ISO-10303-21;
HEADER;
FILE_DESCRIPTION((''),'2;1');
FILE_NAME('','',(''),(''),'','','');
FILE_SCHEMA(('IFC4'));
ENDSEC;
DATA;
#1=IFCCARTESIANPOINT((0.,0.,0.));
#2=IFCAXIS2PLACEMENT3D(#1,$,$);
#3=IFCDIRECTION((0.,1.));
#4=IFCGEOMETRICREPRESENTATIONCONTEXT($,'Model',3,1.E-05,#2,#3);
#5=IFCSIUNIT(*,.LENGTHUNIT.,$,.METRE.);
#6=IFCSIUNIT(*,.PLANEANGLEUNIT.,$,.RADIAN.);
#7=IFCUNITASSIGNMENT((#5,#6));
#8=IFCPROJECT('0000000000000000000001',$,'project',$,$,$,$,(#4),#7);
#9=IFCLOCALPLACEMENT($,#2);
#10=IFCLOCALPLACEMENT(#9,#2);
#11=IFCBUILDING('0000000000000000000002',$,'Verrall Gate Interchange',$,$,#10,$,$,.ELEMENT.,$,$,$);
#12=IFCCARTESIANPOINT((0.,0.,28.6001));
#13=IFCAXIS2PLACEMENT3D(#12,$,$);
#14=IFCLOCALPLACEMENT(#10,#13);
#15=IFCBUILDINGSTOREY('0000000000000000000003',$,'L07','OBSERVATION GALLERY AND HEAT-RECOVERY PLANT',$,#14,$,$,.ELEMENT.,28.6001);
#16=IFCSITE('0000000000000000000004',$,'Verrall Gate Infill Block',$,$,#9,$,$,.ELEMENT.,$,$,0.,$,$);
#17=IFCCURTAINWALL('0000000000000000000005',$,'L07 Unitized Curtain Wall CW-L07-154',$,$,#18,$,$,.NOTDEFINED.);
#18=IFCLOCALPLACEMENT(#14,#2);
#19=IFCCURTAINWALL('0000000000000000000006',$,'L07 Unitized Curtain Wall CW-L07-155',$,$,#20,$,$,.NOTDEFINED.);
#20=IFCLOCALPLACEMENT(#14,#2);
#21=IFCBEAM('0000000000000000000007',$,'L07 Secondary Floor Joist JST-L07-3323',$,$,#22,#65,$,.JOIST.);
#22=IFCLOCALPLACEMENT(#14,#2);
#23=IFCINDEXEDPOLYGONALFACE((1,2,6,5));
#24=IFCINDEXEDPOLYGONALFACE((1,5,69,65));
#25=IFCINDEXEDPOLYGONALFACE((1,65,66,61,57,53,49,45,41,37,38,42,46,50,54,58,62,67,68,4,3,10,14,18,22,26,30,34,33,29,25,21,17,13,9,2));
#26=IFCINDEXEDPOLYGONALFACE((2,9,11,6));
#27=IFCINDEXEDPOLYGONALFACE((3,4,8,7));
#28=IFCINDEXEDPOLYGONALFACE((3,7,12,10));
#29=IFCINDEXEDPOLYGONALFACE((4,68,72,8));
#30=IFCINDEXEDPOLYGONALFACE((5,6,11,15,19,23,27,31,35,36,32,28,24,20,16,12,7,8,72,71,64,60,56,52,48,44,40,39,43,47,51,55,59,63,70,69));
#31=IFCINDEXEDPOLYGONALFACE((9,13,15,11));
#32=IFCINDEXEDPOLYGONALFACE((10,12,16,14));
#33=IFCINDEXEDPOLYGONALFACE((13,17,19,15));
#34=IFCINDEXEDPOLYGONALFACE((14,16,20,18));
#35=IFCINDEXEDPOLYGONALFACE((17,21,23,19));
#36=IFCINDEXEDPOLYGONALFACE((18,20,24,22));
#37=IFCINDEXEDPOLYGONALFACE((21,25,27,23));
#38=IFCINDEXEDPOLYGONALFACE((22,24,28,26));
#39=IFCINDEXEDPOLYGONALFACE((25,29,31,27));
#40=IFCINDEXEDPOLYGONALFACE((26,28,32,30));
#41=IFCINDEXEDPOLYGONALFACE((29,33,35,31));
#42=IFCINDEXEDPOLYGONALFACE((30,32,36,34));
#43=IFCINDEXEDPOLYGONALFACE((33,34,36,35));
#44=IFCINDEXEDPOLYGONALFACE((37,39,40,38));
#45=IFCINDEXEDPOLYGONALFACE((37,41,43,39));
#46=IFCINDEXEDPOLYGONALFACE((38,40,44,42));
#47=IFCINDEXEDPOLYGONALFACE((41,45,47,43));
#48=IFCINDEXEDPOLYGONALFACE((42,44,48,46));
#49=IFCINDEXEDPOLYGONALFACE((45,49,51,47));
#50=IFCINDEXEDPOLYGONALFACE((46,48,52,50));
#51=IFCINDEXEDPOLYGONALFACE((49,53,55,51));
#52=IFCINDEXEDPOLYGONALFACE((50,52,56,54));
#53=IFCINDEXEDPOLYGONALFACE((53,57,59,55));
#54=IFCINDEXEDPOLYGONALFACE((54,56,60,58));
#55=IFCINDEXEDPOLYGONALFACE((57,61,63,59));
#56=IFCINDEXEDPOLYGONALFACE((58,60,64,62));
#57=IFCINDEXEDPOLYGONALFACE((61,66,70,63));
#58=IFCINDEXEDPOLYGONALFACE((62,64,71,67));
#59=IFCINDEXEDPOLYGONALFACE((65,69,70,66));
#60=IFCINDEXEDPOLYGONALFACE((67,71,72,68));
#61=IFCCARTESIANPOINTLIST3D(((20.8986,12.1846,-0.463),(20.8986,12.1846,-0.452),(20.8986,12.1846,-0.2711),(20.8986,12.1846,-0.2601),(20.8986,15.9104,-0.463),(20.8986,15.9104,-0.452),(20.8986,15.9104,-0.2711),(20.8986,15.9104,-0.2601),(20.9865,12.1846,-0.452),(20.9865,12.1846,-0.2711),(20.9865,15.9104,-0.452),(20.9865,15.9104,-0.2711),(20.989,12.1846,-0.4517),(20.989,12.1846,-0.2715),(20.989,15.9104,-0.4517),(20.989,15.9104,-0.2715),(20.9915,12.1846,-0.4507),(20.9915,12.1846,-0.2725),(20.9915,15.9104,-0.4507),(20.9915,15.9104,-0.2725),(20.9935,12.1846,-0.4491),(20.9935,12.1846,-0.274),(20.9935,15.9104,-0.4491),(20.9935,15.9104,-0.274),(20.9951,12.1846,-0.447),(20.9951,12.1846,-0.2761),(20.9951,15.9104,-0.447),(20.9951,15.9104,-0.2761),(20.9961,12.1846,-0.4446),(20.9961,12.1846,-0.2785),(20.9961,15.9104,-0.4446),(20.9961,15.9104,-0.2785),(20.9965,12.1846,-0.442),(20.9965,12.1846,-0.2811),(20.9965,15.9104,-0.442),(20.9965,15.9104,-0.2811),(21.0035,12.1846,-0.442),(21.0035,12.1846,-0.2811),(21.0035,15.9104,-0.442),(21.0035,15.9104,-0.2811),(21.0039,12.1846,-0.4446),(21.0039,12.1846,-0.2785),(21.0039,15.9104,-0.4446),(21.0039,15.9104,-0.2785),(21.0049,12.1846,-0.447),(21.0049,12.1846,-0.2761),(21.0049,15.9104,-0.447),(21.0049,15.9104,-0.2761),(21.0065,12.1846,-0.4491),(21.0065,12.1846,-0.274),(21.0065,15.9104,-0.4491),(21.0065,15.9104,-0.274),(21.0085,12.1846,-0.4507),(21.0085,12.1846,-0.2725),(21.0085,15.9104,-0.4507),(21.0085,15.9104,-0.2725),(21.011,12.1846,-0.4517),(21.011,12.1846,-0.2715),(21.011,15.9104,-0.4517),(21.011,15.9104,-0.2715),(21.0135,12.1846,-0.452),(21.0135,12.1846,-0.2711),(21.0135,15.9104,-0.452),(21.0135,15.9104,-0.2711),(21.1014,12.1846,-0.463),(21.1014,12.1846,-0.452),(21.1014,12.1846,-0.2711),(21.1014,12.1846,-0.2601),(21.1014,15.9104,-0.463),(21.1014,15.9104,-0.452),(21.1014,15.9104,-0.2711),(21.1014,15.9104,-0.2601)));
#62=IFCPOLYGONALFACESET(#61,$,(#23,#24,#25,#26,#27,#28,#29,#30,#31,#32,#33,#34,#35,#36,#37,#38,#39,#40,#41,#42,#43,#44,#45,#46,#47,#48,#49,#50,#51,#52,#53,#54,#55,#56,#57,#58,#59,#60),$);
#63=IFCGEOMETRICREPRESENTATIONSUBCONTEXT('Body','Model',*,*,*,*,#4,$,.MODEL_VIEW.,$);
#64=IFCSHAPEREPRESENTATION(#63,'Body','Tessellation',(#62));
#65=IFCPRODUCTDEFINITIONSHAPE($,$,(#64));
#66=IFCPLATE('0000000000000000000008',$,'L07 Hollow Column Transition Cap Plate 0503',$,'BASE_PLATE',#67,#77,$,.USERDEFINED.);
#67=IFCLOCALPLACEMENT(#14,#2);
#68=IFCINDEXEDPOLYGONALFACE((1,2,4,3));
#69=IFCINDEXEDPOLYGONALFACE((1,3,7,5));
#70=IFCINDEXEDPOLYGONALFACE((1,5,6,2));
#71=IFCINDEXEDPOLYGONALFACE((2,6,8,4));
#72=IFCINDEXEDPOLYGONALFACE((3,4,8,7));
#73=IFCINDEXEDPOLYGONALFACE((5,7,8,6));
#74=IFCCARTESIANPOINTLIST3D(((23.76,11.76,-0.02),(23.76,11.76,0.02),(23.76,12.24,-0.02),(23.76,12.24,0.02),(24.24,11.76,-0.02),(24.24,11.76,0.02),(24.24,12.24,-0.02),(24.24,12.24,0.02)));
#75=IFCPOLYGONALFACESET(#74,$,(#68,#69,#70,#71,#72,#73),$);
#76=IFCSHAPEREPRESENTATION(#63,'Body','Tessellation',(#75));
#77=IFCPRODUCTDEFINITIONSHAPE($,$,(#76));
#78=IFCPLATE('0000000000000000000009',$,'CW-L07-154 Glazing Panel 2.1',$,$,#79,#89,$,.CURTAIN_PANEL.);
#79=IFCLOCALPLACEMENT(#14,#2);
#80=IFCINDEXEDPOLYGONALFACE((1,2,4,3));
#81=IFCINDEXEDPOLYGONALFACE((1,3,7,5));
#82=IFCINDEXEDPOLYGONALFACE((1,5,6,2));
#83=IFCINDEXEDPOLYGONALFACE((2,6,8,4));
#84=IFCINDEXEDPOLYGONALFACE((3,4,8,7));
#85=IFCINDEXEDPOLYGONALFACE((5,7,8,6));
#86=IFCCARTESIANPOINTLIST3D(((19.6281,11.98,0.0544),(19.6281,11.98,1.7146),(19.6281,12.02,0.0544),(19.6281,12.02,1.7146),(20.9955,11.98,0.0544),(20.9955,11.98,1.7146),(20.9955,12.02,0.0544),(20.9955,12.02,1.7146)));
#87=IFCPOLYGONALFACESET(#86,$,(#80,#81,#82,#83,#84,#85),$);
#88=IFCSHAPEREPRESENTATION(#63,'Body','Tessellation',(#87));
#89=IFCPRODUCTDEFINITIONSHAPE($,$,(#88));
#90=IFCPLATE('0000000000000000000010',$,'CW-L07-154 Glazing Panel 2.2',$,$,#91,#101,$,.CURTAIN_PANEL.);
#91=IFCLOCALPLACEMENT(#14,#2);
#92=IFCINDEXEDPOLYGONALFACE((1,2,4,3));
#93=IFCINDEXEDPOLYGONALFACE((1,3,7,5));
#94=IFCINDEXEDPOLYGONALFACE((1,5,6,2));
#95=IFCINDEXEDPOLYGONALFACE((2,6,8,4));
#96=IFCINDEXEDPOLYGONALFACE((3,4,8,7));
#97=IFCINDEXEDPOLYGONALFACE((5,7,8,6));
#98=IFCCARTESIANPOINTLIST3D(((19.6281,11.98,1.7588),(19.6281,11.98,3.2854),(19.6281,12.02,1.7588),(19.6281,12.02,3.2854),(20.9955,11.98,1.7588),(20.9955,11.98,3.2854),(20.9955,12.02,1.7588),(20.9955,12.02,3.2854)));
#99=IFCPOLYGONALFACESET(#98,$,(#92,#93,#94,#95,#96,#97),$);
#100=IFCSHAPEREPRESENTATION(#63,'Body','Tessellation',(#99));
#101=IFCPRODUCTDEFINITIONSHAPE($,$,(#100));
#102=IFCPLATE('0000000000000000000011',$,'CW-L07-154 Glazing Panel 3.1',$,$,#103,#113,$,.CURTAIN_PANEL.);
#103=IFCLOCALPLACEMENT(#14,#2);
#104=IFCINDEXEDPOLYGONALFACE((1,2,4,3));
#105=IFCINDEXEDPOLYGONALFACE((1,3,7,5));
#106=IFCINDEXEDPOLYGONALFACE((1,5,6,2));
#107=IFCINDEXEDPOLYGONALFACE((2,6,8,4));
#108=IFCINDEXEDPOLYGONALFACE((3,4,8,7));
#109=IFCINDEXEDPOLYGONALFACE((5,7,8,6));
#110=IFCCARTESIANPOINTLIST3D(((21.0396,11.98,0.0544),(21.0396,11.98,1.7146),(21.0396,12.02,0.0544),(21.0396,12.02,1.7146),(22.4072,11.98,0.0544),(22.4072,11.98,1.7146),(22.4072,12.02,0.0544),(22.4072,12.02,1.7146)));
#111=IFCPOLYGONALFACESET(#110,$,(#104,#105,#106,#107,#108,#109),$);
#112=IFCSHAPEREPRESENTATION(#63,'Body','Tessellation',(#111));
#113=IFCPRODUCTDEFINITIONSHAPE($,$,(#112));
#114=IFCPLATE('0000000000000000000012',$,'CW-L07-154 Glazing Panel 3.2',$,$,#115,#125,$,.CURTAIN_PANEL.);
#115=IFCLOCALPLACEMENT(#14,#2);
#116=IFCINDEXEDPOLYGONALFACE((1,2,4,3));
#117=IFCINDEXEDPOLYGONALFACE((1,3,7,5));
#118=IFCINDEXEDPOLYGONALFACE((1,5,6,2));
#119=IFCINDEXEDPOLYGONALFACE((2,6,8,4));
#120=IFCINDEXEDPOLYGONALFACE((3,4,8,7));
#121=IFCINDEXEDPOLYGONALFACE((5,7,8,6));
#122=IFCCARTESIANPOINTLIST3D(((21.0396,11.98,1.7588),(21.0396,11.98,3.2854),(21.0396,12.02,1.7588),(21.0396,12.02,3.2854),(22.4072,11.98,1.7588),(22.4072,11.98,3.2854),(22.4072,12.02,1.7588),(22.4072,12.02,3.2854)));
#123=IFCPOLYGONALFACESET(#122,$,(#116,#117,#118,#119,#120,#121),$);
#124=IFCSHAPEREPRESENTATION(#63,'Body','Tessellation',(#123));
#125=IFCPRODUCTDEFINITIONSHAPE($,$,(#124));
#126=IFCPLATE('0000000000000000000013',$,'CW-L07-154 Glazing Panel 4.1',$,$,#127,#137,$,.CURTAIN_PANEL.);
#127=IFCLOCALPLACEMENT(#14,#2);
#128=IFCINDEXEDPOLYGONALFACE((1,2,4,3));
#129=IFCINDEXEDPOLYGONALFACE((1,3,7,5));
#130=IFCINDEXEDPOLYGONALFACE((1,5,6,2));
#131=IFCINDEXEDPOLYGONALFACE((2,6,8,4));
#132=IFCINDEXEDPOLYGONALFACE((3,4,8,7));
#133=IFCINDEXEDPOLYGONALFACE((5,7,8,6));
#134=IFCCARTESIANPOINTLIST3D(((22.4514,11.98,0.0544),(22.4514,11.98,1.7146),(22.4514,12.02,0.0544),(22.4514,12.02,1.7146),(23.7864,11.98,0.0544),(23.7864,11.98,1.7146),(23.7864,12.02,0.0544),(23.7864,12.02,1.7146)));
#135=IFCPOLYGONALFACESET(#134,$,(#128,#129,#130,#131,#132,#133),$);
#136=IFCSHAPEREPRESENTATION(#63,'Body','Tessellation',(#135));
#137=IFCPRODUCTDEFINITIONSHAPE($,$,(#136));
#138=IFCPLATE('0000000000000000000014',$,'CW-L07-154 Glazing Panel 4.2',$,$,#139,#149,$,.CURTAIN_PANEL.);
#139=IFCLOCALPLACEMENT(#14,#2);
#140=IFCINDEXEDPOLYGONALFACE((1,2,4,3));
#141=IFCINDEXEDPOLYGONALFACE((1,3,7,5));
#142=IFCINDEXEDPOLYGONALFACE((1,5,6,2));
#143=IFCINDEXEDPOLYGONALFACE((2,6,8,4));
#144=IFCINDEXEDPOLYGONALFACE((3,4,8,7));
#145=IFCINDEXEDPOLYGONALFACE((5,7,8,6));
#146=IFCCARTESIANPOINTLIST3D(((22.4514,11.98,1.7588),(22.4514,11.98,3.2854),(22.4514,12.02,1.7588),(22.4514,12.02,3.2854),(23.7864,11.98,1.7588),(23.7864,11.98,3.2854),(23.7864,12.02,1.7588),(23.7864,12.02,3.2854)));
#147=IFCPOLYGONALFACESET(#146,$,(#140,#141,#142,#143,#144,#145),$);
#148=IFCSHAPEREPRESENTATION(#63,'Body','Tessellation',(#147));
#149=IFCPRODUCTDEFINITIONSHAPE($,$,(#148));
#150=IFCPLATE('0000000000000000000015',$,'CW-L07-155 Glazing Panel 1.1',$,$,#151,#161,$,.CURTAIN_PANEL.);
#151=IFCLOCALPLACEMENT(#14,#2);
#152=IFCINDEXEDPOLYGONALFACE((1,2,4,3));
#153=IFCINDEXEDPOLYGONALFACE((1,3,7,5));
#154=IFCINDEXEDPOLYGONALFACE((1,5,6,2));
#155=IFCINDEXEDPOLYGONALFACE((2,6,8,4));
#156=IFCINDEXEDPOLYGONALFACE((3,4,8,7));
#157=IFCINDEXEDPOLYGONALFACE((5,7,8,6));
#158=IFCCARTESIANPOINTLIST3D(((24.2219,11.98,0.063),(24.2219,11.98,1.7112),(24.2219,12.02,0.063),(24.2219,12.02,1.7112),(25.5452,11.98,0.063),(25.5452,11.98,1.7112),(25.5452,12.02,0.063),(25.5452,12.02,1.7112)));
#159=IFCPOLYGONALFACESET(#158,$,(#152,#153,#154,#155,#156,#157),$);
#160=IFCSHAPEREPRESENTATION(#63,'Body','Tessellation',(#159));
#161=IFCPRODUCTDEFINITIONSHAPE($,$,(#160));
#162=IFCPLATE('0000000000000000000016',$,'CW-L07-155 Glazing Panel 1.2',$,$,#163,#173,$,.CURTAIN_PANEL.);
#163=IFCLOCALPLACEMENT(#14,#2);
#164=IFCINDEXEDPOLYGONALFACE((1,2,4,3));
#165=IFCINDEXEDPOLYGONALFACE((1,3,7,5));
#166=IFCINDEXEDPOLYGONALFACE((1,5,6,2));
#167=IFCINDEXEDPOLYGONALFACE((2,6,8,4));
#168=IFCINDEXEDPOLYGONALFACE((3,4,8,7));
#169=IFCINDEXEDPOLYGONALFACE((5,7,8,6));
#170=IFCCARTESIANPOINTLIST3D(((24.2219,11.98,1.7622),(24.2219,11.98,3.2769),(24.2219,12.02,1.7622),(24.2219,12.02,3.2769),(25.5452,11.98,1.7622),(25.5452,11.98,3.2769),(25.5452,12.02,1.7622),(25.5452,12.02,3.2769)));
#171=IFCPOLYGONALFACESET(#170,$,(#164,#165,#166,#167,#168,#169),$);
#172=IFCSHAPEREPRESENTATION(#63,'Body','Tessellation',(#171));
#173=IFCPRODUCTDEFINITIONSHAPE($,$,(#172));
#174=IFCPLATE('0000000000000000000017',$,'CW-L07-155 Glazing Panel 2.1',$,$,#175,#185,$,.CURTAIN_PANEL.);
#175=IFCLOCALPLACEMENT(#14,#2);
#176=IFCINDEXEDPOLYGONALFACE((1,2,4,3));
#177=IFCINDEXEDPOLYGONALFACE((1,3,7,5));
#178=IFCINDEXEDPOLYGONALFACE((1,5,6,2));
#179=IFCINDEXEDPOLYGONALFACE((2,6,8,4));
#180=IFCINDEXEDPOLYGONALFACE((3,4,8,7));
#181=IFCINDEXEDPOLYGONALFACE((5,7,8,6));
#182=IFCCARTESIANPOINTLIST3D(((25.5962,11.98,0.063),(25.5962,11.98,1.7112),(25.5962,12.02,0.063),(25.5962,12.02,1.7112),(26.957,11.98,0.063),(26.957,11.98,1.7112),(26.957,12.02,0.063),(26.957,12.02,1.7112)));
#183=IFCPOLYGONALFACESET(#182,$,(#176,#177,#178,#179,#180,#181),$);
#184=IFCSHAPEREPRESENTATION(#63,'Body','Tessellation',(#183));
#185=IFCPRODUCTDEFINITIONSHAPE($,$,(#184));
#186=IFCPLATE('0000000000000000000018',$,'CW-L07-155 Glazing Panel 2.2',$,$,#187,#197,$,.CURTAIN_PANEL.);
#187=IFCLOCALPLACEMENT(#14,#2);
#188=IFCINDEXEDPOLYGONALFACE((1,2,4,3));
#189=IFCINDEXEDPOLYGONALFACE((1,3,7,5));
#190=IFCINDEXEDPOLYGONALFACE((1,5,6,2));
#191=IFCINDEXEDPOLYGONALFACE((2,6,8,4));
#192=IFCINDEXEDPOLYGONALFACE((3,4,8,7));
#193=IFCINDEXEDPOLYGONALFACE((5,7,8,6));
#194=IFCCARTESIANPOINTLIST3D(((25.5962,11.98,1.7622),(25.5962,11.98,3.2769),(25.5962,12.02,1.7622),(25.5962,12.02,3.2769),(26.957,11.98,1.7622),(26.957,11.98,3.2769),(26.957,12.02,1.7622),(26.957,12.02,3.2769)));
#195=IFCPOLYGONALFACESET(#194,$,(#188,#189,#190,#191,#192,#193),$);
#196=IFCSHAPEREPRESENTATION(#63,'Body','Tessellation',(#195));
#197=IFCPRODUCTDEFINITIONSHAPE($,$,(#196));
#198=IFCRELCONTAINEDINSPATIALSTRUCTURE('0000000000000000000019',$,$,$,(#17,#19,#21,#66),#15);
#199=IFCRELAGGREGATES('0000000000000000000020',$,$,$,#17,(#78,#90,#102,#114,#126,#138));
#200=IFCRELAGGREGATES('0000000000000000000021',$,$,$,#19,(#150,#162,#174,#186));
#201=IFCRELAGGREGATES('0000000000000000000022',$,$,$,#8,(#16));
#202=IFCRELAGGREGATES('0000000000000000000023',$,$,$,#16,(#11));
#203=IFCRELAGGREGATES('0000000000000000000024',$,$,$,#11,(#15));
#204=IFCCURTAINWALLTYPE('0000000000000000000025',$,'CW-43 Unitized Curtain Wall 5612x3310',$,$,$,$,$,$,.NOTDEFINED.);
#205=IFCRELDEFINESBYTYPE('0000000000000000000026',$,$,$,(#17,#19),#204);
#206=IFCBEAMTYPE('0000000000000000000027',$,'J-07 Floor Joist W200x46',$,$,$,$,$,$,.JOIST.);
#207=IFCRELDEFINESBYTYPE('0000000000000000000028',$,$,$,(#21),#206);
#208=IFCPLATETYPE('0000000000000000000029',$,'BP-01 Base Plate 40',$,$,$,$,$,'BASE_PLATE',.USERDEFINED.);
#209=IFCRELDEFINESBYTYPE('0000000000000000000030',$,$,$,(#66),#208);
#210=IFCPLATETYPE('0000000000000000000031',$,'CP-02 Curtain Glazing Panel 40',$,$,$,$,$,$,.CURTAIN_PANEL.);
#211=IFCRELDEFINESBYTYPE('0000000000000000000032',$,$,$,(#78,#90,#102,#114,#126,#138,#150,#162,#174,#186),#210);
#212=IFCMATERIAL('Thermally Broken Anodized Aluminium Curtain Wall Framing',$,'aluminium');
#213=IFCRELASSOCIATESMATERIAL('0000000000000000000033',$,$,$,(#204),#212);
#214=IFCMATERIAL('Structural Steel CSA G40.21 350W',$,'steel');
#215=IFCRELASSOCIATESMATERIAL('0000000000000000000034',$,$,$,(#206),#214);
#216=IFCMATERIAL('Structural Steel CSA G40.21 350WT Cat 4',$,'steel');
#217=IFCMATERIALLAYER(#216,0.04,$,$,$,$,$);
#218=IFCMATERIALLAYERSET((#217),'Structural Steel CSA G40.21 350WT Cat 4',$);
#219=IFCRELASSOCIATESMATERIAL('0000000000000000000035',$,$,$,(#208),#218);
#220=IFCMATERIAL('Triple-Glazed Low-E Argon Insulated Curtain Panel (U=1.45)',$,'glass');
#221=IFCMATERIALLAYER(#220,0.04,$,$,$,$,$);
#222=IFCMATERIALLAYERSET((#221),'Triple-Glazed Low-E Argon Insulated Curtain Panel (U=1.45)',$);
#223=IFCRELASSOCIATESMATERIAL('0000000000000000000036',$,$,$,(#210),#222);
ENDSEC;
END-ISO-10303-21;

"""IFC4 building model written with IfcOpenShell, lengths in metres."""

from ifc_helpers import new_model, si_unit, direction, frame, origin, origin_2d, place, context, subcontext, project, spatial, rectangle, i_section, extrude, material, layer, layer_set, material_profile, profile_set, type_object, element, aggregate, save


model = new_model("IFC4")

# Units and contexts
model_context = context("Model", 3, precision=1e-05, world=origin(), true_north=direction((0.0, 1.0)))
body_context = subcontext(model_context, "Body", "Model", "MODEL_VIEW")
ifc_project = project(units=[si_unit("LENGTHUNIT", "METRE"), si_unit("PLANEANGLEUNIT", "RADIAN")], contexts=[model_context])

# Site, building, storey
site_placement = place(None, origin())
site = spatial("IfcSite", under=ifc_project, at=site_placement, Name="Verrall Gate Infill Block", CompositionType="ELEMENT", RefElevation=0.0)
building_placement = place(site_placement, origin())
building = spatial("IfcBuilding", under=site, at=building_placement, Name="Verrall Gate Interchange", CompositionType="ELEMENT")
storey_placement = place(building_placement, frame((0.0, 0.0, 28.6001)))
storey = spatial("IfcBuildingStorey", under=building, at=storey_placement, Name="L07", Description="OBSERVATION GALLERY AND HEAT-RECOVERY PLANT", CompositionType="ELEMENT", Elevation=28.6001)

# Curtain walls
ifc_material_1 = material(Name="Thermally Broken Anodized Aluminium Curtain Wall Framing", Category="aluminium")
curtain_wall_type = type_object("IfcCurtainWallType", Name="CW-43 Unitized Curtain Wall 5612x3310", PredefinedType="NOTDEFINED", material=ifc_material_1)
curtain_wall_1_placement = place(storey_placement, origin())
curtain_wall_1 = element("IfcCurtainWall", 1, at=curtain_wall_1_placement, inside=storey, type_object=curtain_wall_type, Name="L07 Unitized Curtain Wall CW-L07-154", PredefinedType="NOTDEFINED")
curtain_wall_2_placement = place(storey_placement, origin())
curtain_wall_2 = element("IfcCurtainWall", 2, at=curtain_wall_2_placement, inside=storey, type_object=curtain_wall_type, Name="L07 Unitized Curtain Wall CW-L07-155", PredefinedType="NOTDEFINED")

# Beam
ifc_material_2 = material(Name="Structural Steel CSA G40.21 350W", Category="steel")
ifc_material_profile_1 = material_profile(ifc_material_2, i_section(OverallWidth=0.2029, OverallDepth=0.2029, WebThickness=0.0071, FlangeThickness=0.011, FilletRadius=0.01, at=origin_2d()), Name="W200x46")
ifc_profile_set_1 = profile_set([ifc_material_profile_1], Name="Structural Steel CSA G40.21 350W")
beam_type_1 = type_object("IfcBeamType", Name="J-07 Floor Joist W200x46", PredefinedType="JOIST", material=ifc_profile_set_1)
beam_1_placement = place(storey_placement, frame((21.0, 12.1846, -0.3616), z_axis=(0.0, 1.0, 0.0), x_axis=(-1.0, 0.0, 0.0)))
element("IfcBeam", 3, at=beam_1_placement, inside=storey, type_object=beam_type_1, Name="L07 Secondary Floor Joist JST-L07-3323", PredefinedType="JOIST", context=body_context, shape_type="SweptSolid", body=[
    extrude(i_section(OverallWidth=0.2029, OverallDepth=0.2029, WebThickness=0.0071, FlangeThickness=0.011, FilletRadius=0.01, at=origin_2d()), origin(), (0.0, 0.0, 1.0), 3.7258),
])

# Plates
ifc_material_3 = material(Name="Structural Steel CSA G40.21 350WT Cat 4", Category="steel")
ifc_layer_1 = layer(ifc_material_3, 0.04)
ifc_layer_set_1 = layer_set([ifc_layer_1], Name="Structural Steel CSA G40.21 350WT Cat 4")
plate_type_1 = type_object("IfcPlateType", Name="BP-01 Base Plate 40", ElementType="BASE_PLATE", PredefinedType="USERDEFINED", material=ifc_layer_set_1)
plate_1_placement = place(storey_placement, frame((24.0, 12.0, -0.02), z_axis=(0.0, 0.0, 1.0), x_axis=(1.0, 0.0, 0.0)))
element("IfcPlate", 4, at=plate_1_placement, inside=storey, type_object=plate_type_1, Name="L07 Hollow Column Transition Cap Plate 0503", ObjectType="BASE_PLATE", PredefinedType="USERDEFINED", context=body_context, shape_type="SweptSolid", body=[
    extrude(rectangle(XDim=0.48, YDim=0.48, at=origin_2d()), origin(), (0.0, 0.0, 1.0), 0.04),
])
ifc_material_4 = material(Name="Triple-Glazed Low-E Argon Insulated Curtain Panel (U=1.45)", Category="glass")
ifc_layer_2 = layer(ifc_material_4, 0.04)
ifc_layer_set_2 = layer_set([ifc_layer_2], Name="Triple-Glazed Low-E Argon Insulated Curtain Panel (U=1.45)")
plate_type_2 = type_object("IfcPlateType", Name="CP-02 Curtain Glazing Panel 40", PredefinedType="CURTAIN_PANEL", material=ifc_layer_set_2)
plate_2_placement = place(storey_placement, frame((20.3118, 12.0, 0.0544), z_axis=(0.0, 0.0, 1.0), x_axis=(1.0, 0.0, 0.0)))
plate_2 = element("IfcPlate", 5, at=plate_2_placement, type_object=plate_type_2, Name="CW-L07-154 Glazing Panel 2.1", PredefinedType="CURTAIN_PANEL", context=body_context, shape_type="SweptSolid", body=[
    extrude(rectangle(XDim=1.3674, YDim=0.04, at=origin_2d()), origin(), (0.0, 0.0, 1.0), 1.6602),
])
plate_3_placement = place(storey_placement, frame((20.3118, 12.0, 1.7588), z_axis=(0.0, 0.0, 1.0), x_axis=(1.0, 0.0, 0.0)))
plate_3 = element("IfcPlate", 6, at=plate_3_placement, type_object=plate_type_2, Name="CW-L07-154 Glazing Panel 2.2", PredefinedType="CURTAIN_PANEL", context=body_context, shape_type="SweptSolid", body=[
    extrude(rectangle(XDim=1.3674, YDim=0.04, at=origin_2d()), origin(), (0.0, 0.0, 1.0), 1.5266),
])
plate_4_placement = place(storey_placement, frame((21.7234, 12.0, 0.0544), z_axis=(0.0, 0.0, 1.0), x_axis=(1.0, 0.0, 0.0)))
plate_4 = element("IfcPlate", 7, at=plate_4_placement, type_object=plate_type_2, Name="CW-L07-154 Glazing Panel 3.1", PredefinedType="CURTAIN_PANEL", context=body_context, shape_type="SweptSolid", body=[
    extrude(rectangle(XDim=1.3677, YDim=0.04, at=origin_2d()), origin(), (0.0, 0.0, 1.0), 1.6602),
])
plate_5_placement = place(storey_placement, frame((21.7234, 12.0, 1.7588), z_axis=(0.0, 0.0, 1.0), x_axis=(1.0, 0.0, 0.0)))
plate_5 = element("IfcPlate", 8, at=plate_5_placement, type_object=plate_type_2, Name="CW-L07-154 Glazing Panel 3.2", PredefinedType="CURTAIN_PANEL", context=body_context, shape_type="SweptSolid", body=[
    extrude(rectangle(XDim=1.3677, YDim=0.04, at=origin_2d()), origin(), (0.0, 0.0, 1.0), 1.5266),
])
plate_6_placement = place(storey_placement, frame((23.1189, 12.0, 0.0544), z_axis=(0.0, 0.0, 1.0), x_axis=(1.0, 0.0, 0.0)))
plate_6 = element("IfcPlate", 9, at=plate_6_placement, type_object=plate_type_2, Name="CW-L07-154 Glazing Panel 4.1", PredefinedType="CURTAIN_PANEL", context=body_context, shape_type="SweptSolid", body=[
    extrude(rectangle(XDim=1.335, YDim=0.04, at=origin_2d()), origin(), (0.0, 0.0, 1.0), 1.6602),
])
plate_7_placement = place(storey_placement, frame((23.1189, 12.0, 1.7588), z_axis=(0.0, 0.0, 1.0), x_axis=(1.0, 0.0, 0.0)))
plate_7 = element("IfcPlate", 10, at=plate_7_placement, type_object=plate_type_2, Name="CW-L07-154 Glazing Panel 4.2", PredefinedType="CURTAIN_PANEL", context=body_context, shape_type="SweptSolid", body=[
    extrude(rectangle(XDim=1.335, YDim=0.04, at=origin_2d()), origin(), (0.0, 0.0, 1.0), 1.5266),
])
aggregate(curtain_wall_1, [plate_2, plate_3, plate_4, plate_5, plate_6, plate_7])
plate_8_placement = place(storey_placement, frame((24.8835, 12.0, 0.063), z_axis=(0.0, 0.0, 1.0), x_axis=(1.0, 0.0, 0.0)))
plate_8 = element("IfcPlate", 11, at=plate_8_placement, type_object=plate_type_2, Name="CW-L07-155 Glazing Panel 1.1", PredefinedType="CURTAIN_PANEL", context=body_context, shape_type="SweptSolid", body=[
    extrude(rectangle(XDim=1.3232, YDim=0.04, at=origin_2d()), origin(), (0.0, 0.0, 1.0), 1.6482),
])
plate_9_placement = place(storey_placement, frame((24.8835, 12.0, 1.7622), z_axis=(0.0, 0.0, 1.0), x_axis=(1.0, 0.0, 0.0)))
plate_9 = element("IfcPlate", 12, at=plate_9_placement, type_object=plate_type_2, Name="CW-L07-155 Glazing Panel 1.2", PredefinedType="CURTAIN_PANEL", context=body_context, shape_type="SweptSolid", body=[
    extrude(rectangle(XDim=1.3232, YDim=0.04, at=origin_2d()), origin(), (0.0, 0.0, 1.0), 1.5146),
])
plate_10_placement = place(storey_placement, frame((26.2766, 12.0, 0.063), z_axis=(0.0, 0.0, 1.0), x_axis=(1.0, 0.0, 0.0)))
plate_10 = element("IfcPlate", 13, at=plate_10_placement, type_object=plate_type_2, Name="CW-L07-155 Glazing Panel 2.1", PredefinedType="CURTAIN_PANEL", context=body_context, shape_type="SweptSolid", body=[
    extrude(rectangle(XDim=1.3608, YDim=0.04, at=origin_2d()), origin(), (0.0, 0.0, 1.0), 1.6482),
])
plate_11_placement = place(storey_placement, frame((26.2766, 12.0, 1.7622), z_axis=(0.0, 0.0, 1.0), x_axis=(1.0, 0.0, 0.0)))
plate_11 = element("IfcPlate", 14, at=plate_11_placement, type_object=plate_type_2, Name="CW-L07-155 Glazing Panel 2.2", PredefinedType="CURTAIN_PANEL", context=body_context, shape_type="SweptSolid", body=[
    extrude(rectangle(XDim=1.3608, YDim=0.04, at=origin_2d()), origin(), (0.0, 0.0, 1.0), 1.5146),
])
aggregate(curtain_wall_2, [plate_8, plate_9, plate_10, plate_11])

save(model, "model.ifc")
